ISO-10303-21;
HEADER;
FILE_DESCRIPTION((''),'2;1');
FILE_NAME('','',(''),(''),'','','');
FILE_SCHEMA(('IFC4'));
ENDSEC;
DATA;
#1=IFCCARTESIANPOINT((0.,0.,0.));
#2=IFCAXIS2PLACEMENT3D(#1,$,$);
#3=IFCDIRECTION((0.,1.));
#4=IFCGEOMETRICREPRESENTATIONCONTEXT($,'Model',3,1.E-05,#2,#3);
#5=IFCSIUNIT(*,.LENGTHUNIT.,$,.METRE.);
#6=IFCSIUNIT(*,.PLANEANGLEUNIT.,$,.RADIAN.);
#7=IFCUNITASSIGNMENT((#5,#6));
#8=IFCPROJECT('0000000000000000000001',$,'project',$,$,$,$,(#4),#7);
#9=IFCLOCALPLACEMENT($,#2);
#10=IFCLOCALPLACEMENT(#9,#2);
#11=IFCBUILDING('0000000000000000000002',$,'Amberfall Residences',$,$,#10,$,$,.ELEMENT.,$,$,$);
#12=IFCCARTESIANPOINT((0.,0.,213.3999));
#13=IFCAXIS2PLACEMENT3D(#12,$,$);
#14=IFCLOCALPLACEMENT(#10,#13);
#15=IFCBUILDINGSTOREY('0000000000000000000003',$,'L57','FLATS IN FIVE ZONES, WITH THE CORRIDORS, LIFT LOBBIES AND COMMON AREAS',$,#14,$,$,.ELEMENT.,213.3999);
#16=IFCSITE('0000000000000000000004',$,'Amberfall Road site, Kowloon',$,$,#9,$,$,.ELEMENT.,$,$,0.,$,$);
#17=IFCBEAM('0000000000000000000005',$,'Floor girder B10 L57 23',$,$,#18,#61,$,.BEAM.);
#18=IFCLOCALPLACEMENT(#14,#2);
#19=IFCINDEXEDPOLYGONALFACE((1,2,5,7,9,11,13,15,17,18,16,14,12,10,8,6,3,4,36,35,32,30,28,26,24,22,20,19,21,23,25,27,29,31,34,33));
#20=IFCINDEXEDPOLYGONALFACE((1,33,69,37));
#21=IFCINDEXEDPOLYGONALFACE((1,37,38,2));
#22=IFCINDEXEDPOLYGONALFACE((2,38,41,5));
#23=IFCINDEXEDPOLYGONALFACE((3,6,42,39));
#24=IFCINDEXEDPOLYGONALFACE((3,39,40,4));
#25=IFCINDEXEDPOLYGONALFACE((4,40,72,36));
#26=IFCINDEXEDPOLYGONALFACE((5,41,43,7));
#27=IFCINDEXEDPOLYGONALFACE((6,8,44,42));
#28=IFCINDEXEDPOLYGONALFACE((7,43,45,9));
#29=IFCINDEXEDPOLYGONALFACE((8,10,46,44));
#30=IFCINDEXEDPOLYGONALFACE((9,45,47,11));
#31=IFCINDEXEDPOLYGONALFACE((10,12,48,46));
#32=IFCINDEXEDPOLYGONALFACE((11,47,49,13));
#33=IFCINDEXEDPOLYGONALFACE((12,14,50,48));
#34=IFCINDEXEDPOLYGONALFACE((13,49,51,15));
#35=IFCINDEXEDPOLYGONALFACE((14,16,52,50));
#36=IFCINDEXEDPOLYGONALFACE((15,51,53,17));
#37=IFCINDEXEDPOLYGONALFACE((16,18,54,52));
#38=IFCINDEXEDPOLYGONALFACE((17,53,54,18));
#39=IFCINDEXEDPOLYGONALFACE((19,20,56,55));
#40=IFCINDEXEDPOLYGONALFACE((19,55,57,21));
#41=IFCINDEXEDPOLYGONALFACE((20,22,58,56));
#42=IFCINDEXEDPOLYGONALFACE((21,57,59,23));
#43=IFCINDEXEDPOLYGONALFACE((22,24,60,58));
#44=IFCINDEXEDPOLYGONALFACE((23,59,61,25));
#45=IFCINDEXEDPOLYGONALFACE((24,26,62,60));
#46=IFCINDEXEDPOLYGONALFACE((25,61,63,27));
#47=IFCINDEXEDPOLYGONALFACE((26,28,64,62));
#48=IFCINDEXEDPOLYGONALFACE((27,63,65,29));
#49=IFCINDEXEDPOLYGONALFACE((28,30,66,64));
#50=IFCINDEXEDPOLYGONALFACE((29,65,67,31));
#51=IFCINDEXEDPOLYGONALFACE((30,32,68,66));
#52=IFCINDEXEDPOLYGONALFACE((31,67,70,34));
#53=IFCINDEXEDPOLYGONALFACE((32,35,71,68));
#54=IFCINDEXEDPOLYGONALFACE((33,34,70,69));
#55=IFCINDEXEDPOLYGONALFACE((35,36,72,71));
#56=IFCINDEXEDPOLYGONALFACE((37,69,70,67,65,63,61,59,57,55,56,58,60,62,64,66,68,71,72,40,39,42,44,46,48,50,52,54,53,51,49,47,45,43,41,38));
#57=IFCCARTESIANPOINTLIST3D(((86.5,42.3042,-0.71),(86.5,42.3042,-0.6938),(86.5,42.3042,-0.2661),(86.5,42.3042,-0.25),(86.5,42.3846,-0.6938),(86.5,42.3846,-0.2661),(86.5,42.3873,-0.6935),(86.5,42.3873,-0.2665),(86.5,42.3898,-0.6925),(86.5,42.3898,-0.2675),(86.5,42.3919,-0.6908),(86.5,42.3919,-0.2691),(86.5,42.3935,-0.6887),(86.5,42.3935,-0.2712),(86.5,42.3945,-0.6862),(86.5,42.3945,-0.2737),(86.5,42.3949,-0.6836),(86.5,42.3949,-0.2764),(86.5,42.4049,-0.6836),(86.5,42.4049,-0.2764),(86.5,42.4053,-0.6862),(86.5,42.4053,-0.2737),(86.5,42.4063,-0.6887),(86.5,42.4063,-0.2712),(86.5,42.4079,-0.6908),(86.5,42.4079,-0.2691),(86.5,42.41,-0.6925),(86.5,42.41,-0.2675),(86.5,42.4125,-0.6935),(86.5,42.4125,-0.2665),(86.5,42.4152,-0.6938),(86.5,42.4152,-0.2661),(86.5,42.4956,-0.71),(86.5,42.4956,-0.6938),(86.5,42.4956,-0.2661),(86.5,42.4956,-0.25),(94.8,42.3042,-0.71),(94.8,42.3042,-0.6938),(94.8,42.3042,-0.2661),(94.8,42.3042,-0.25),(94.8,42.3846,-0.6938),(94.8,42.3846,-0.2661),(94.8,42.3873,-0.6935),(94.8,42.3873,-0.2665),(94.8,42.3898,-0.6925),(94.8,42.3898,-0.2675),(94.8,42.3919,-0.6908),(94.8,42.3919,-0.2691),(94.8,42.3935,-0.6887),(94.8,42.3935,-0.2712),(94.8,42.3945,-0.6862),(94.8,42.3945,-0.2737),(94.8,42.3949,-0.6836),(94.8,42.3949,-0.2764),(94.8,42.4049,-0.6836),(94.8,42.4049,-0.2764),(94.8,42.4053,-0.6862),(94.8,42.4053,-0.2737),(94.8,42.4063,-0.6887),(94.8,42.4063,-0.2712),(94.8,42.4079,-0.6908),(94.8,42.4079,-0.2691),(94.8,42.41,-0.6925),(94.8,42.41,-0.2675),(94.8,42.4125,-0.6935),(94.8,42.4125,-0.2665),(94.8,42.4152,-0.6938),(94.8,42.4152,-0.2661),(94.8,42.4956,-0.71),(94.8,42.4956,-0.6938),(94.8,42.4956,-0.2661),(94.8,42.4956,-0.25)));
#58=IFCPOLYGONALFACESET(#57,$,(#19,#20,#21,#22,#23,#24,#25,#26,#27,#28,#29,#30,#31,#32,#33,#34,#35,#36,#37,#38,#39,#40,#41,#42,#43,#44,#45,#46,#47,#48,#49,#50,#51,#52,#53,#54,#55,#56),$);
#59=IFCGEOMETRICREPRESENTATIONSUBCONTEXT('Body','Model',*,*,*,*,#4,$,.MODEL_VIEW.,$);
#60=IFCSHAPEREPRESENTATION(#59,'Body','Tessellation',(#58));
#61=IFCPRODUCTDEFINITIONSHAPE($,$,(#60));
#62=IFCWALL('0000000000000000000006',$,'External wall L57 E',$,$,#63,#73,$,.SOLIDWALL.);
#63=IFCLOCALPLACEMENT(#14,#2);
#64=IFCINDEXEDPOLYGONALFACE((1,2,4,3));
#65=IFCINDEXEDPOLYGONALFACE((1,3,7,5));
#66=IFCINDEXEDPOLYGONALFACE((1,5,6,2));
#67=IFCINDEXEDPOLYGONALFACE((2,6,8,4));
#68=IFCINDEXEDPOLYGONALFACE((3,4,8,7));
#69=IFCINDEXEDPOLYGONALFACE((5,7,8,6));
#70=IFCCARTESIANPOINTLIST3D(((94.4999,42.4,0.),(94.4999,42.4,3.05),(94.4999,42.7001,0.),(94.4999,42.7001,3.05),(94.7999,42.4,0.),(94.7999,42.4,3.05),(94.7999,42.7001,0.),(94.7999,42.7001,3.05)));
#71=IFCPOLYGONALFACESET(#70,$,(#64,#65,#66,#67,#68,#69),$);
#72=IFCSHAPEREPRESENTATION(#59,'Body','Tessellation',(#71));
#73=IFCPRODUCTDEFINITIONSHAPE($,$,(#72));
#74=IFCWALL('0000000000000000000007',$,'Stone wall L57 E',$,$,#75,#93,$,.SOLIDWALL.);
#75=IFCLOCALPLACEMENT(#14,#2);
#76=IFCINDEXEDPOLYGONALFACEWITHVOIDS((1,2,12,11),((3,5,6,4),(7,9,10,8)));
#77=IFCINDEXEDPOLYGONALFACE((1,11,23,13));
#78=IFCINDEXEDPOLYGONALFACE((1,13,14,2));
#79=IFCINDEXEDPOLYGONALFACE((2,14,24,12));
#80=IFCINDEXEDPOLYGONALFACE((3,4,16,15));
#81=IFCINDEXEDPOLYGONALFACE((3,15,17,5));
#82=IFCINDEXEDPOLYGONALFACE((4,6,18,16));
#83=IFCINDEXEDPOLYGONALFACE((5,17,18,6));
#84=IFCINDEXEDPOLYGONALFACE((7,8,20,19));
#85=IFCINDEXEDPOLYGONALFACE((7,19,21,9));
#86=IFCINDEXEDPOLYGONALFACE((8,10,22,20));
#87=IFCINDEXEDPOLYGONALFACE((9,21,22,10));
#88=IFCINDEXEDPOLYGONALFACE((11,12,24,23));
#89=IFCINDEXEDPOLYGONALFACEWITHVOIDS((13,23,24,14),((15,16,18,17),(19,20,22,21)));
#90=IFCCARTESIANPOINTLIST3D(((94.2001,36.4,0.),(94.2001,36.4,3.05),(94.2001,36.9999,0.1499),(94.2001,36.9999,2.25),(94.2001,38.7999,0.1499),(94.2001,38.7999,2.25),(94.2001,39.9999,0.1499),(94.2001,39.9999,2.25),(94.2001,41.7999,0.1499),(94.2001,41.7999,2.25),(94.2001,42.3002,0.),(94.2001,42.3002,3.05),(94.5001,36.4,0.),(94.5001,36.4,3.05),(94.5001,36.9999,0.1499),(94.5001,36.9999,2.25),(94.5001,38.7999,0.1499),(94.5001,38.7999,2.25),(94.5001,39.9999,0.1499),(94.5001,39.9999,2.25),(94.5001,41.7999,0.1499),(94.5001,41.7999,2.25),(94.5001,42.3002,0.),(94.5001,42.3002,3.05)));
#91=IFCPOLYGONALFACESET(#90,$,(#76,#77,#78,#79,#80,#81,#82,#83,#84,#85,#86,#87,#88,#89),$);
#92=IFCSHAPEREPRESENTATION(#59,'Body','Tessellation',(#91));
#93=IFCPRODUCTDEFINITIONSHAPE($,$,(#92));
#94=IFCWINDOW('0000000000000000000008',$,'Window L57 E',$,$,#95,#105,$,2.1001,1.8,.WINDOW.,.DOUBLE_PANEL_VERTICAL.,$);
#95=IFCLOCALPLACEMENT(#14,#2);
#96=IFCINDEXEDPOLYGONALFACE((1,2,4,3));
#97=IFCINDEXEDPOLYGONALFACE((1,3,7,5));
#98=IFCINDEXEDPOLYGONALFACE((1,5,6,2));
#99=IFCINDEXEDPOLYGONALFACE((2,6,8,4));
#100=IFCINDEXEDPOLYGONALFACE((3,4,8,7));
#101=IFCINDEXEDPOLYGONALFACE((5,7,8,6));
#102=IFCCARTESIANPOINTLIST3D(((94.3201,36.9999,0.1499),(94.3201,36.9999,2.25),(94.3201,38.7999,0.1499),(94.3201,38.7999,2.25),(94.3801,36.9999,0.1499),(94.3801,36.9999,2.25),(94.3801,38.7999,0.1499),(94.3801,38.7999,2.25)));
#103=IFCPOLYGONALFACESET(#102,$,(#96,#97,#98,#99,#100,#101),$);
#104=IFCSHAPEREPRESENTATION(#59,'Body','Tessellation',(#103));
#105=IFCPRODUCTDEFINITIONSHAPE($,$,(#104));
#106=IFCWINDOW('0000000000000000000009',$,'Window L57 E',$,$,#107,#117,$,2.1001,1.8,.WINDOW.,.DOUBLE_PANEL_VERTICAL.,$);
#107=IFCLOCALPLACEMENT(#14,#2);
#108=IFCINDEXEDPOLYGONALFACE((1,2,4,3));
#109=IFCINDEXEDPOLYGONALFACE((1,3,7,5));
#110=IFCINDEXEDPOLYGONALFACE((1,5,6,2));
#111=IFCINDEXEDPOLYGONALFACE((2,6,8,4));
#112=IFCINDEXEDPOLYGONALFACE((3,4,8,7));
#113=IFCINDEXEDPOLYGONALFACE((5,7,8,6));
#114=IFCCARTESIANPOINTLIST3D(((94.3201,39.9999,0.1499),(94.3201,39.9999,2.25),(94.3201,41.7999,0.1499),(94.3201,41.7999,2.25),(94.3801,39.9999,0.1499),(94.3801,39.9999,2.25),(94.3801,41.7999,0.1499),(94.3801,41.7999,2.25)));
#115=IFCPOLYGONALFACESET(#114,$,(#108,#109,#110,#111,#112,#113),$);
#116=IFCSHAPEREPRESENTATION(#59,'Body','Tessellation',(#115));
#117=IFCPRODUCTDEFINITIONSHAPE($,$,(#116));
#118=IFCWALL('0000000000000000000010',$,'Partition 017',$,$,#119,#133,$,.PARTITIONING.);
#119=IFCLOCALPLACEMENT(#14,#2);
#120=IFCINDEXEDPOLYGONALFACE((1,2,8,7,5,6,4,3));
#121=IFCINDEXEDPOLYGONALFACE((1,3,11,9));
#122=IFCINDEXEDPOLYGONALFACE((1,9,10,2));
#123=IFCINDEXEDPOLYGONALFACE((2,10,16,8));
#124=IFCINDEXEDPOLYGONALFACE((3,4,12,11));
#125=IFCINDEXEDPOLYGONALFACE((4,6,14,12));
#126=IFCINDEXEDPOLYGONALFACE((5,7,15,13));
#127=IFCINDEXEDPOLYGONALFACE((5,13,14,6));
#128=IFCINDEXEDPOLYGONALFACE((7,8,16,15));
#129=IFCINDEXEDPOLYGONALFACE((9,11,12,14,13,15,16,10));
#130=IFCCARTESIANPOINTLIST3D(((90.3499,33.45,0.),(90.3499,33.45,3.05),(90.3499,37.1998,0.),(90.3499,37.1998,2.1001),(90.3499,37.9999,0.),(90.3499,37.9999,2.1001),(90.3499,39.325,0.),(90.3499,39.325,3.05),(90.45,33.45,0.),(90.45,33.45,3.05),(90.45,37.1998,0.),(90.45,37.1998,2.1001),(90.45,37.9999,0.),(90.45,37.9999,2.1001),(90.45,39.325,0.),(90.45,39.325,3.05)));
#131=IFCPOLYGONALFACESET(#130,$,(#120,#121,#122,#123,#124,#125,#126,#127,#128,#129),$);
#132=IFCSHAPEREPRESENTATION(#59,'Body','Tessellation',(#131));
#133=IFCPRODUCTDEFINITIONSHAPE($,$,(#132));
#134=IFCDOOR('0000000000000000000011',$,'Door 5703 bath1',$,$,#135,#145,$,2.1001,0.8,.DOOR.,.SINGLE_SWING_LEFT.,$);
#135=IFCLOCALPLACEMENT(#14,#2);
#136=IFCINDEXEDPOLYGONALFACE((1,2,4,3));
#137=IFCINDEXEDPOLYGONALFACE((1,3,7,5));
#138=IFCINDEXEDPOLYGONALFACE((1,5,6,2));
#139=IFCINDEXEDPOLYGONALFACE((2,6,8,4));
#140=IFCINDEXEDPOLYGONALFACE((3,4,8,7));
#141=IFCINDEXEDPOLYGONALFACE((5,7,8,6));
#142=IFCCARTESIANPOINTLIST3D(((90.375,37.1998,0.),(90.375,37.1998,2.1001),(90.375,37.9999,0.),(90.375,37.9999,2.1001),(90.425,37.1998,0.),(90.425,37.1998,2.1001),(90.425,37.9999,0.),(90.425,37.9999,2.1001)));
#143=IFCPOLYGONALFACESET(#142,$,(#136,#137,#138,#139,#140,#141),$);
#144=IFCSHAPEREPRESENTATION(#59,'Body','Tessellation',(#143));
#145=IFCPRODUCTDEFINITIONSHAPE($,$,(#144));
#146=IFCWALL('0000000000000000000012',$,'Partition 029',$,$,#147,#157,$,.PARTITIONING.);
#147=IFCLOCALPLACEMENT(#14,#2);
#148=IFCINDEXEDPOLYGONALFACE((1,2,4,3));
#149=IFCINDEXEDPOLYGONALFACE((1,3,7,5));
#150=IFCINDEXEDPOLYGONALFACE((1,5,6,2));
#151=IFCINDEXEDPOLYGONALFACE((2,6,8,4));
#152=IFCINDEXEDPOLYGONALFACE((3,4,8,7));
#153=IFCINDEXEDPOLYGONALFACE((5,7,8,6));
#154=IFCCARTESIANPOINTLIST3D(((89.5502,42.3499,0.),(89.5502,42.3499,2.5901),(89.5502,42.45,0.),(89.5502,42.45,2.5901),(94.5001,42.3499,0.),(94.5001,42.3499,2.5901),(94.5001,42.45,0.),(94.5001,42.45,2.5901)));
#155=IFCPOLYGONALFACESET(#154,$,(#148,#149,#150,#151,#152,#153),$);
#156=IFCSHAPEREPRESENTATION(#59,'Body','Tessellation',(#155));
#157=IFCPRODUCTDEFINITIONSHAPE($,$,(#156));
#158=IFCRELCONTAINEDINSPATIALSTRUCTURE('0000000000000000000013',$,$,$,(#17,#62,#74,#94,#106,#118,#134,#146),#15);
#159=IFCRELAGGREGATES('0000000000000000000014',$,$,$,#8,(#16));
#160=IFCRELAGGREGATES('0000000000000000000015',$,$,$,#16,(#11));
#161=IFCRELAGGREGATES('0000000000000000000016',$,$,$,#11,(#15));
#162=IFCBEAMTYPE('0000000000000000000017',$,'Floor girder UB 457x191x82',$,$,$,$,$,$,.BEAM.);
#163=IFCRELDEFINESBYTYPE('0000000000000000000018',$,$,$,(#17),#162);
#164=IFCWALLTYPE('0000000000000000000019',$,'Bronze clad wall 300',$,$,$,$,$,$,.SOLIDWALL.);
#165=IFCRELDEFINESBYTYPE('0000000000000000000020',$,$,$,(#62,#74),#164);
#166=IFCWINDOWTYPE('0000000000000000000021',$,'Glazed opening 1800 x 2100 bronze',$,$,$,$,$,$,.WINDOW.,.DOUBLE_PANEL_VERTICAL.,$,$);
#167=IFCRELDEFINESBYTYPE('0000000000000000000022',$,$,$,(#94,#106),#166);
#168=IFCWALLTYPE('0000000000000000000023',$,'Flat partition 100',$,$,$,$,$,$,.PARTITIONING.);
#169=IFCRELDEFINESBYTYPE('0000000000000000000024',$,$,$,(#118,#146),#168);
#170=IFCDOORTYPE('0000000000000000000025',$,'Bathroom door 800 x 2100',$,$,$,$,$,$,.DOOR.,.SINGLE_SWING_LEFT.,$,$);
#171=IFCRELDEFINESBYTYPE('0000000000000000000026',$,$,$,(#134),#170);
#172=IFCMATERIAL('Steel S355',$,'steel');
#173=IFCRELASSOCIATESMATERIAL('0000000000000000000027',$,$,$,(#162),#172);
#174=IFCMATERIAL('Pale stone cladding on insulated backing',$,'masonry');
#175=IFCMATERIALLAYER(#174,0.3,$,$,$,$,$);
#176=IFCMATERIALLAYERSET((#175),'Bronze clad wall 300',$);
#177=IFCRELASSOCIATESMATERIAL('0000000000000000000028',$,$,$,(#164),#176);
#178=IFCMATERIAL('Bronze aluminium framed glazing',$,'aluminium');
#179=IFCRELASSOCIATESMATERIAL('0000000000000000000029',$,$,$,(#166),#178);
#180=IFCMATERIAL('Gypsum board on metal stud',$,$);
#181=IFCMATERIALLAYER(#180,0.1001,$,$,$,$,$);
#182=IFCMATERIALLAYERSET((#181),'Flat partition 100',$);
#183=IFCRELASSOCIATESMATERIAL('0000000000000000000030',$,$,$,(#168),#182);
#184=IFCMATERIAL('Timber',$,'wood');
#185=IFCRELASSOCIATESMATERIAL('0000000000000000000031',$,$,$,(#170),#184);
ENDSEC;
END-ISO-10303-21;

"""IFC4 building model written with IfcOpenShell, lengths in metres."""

from ifc_helpers import new_model, si_unit, direction, frame, frame_2d, origin, origin_2d, place, context, subcontext, project, spatial, rectangle, i_section, extrude, material, layer, layer_set, material_profile, profile_set, type_object, element, fill, save


model = new_model("IFC4")

# Units and contexts
model_context = context("Model", 3, precision=1e-05, world=origin(), true_north=direction((0.0, 1.0)))
body_context = subcontext(model_context, "Body", "Model", "MODEL_VIEW")
ifc_project = project(units=[si_unit("LENGTHUNIT", "METRE"), si_unit("PLANEANGLEUNIT", "RADIAN")], contexts=[model_context])

# Site, building, storey
site_placement = place(None, origin())
site = spatial("IfcSite", under=ifc_project, at=site_placement, Name="Amberfall Road site, Kowloon", CompositionType="ELEMENT", RefElevation=0.0)
building_placement = place(site_placement, origin())
building = spatial("IfcBuilding", under=site, at=building_placement, Name="Amberfall Residences", CompositionType="ELEMENT")
storey_placement = place(building_placement, frame((0.0, 0.0, 213.3999)))
storey = spatial("IfcBuildingStorey", under=building, at=storey_placement, Name="L57", Description="FLATS IN FIVE ZONES, WITH THE CORRIDORS, LIFT LOBBIES AND COMMON AREAS", CompositionType="ELEMENT", Elevation=213.3999)

# Shared definitions
ifc_material_1 = material(Name="Steel S355", Category="steel")

# Beam
ifc_material_profile_1 = material_profile(ifc_material_1, i_section(OverallWidth=0.1914, OverallDepth=0.46, WebThickness=0.01, FlangeThickness=0.0161, FilletRadius=0.0103, at=origin_2d()), Name="UB 457x191x82")
ifc_profile_set_1 = profile_set([ifc_material_profile_1], Name="Steel S355")
beam_type_1 = type_object("IfcBeamType", Name="Floor girder UB 457x191x82", PredefinedType="BEAM", material=ifc_profile_set_1)
beam_1_placement = place(storey_placement, frame((94.8, 42.3999, -0.48), z_axis=(-1.0, 0.0, 0.0), x_axis=(0.0, -1.0, 0.0)))
element("IfcBeam", 1, at=beam_1_placement, inside=storey, type_object=beam_type_1, Name="Floor girder B10 L57 23", PredefinedType="BEAM", context=body_context, shape_type="SweptSolid", body=[
    extrude(i_section(OverallWidth=0.1914, OverallDepth=0.46, WebThickness=0.01, FlangeThickness=0.0161, FilletRadius=0.0103, at=origin_2d()), origin(), (0.0, 0.0, 1.0), 8.3),
])

# Wall
ifc_material_2 = material(Name="Pale stone cladding on insulated backing", Category="masonry")
ifc_layer_1 = layer(ifc_material_2, 0.3)
ifc_layer_set_1 = layer_set([ifc_layer_1], Name="Bronze clad wall 300")
wall_type_1 = type_object("IfcWallType", Name="Bronze clad wall 300", PredefinedType="SOLIDWALL", material=ifc_layer_set_1)
wall_1_placement = place(storey_placement, frame((94.5, 42.55, 0.0), z_axis=(0.0, 0.0, 1.0), x_axis=(1.0, 0.0, 0.0)))
element("IfcWall", 2, at=wall_1_placement, inside=storey, type_object=wall_type_1, Name="External wall L57 E", PredefinedType="SOLIDWALL", context=body_context, shape_type="SweptSolid", body=[
    extrude(rectangle(XDim=0.3, YDim=0.3, at=frame_2d((0.1499, 0.0))), origin(), (0.0, 0.0, 1.0), 3.05),
])

# Wall, openings, windows
wall_2_placement = place(storey_placement, frame((94.3501, 36.3999, 0.0), z_axis=(0.0, 0.0, 1.0), x_axis=(0.0, 1.0, 0.0)))
wall_2 = element("IfcWall", 3, at=wall_2_placement, inside=storey, type_object=wall_type_1, Name="Stone wall L57 E", PredefinedType="SOLIDWALL", context=body_context, shape_type="SweptSolid", body=[
    extrude(rectangle(XDim=5.9001, YDim=0.3, at=frame_2d((2.9502, 0.0))), origin(), (0.0, 0.0, 1.0), 3.05),
])
opening_1_placement = place(wall_2_placement, frame((0.6001, 0.0, 0.1499)))
opening_1 = element("IfcOpeningElement", 4, at=opening_1_placement, cuts=wall_2, PredefinedType="OPENING", context=body_context, shape_type="SweptSolid", body=[
    extrude(rectangle(XDim=1.8, YDim=2.1001, at=frame_2d((0.8999, 1.05))), frame((0.0, 0.1599, 0.0), z_axis=(0.0, -1.0, 0.0), x_axis=(1.0, 0.0, 0.0)), (0.0, 0.0, 1.0), 0.3201),
])
opening_2_placement = place(wall_2_placement, frame((3.6001, 0.0, 0.1499)))
opening_2 = element("IfcOpeningElement", 5, at=opening_2_placement, cuts=wall_2, PredefinedType="OPENING", context=body_context, shape_type="SweptSolid", body=[
    extrude(rectangle(XDim=1.8, YDim=2.1001, at=frame_2d((0.8999, 1.05))), frame((0.0, 0.1599, 0.0), z_axis=(0.0, -1.0, 0.0), x_axis=(1.0, 0.0, 0.0)), (0.0, 0.0, 1.0), 0.3201),
])
ifc_material_3 = material(Name="Bronze aluminium framed glazing", Category="aluminium")
window_type = type_object("IfcWindowType", Name="Glazed opening 1800 x 2100 bronze", PartitioningType="DOUBLE_PANEL_VERTICAL", PredefinedType="WINDOW", material=ifc_material_3)
window_1_placement = place(opening_1_placement, origin())
window_1 = element("IfcWindow", 6, at=window_1_placement, inside=storey, type_object=window_type, Name="Window L57 E", OverallHeight=2.1001, OverallWidth=1.8, PartitioningType="DOUBLE_PANEL_VERTICAL", PredefinedType="WINDOW", context=body_context, shape_type="SweptSolid", body=[
    extrude(rectangle(XDim=1.8, YDim=2.1001, at=frame_2d((0.8999, 1.05))), frame((0.0, 0.03, 0.0), z_axis=(0.0, -1.0, 0.0), x_axis=(1.0, 0.0, 0.0)), (0.0, 0.0, 1.0), 0.0601),
])
fill(opening_1, window_1)
window_2_placement = place(opening_2_placement, origin())
window_2 = element("IfcWindow", 7, at=window_2_placement, inside=storey, type_object=window_type, Name="Window L57 E", OverallHeight=2.1001, OverallWidth=1.8, PartitioningType="DOUBLE_PANEL_VERTICAL", PredefinedType="WINDOW", context=body_context, shape_type="SweptSolid", body=[
    extrude(rectangle(XDim=1.8, YDim=2.1001, at=frame_2d((0.8999, 1.05))), frame((0.0, 0.03, 0.0), z_axis=(0.0, -1.0, 0.0), x_axis=(1.0, 0.0, 0.0)), (0.0, 0.0, 1.0), 0.0601),
])
fill(opening_2, window_2)

# Wall, opening, door
ifc_material_4 = material(Name="Gypsum board on metal stud")
ifc_layer_2 = layer(ifc_material_4, 0.1001)
ifc_layer_set_2 = layer_set([ifc_layer_2], Name="Flat partition 100")
wall_type_2 = type_object("IfcWallType", Name="Flat partition 100", PredefinedType="PARTITIONING", material=ifc_layer_set_2)
wall_3_placement = place(storey_placement, frame((90.3999, 33.45, 0.0), z_axis=(0.0, 0.0, 1.0), x_axis=(0.0, 1.0, 0.0)))
wall_3 = element("IfcWall", 8, at=wall_3_placement, inside=storey, type_object=wall_type_2, Name="Partition 017", PredefinedType="PARTITIONING", context=body_context, shape_type="SweptSolid", body=[
    extrude(rectangle(XDim=5.875, YDim=0.1001, at=frame_2d((2.9375, 0.0))), origin(), (0.0, 0.0, 1.0), 3.05),
])
opening_3_placement = place(wall_3_placement, frame((3.75, 0.0, 0.0)))
opening_3 = element("IfcOpeningElement", 9, at=opening_3_placement, cuts=wall_3, PredefinedType="OPENING", context=body_context, shape_type="SweptSolid", body=[
    extrude(rectangle(XDim=0.8, YDim=2.1001, at=frame_2d((0.3999, 1.05))), frame((0.0, 0.0601, 0.0), z_axis=(0.0, -1.0, 0.0), x_axis=(1.0, 0.0, 0.0)), (0.0, 0.0, 1.0), 0.1201),
])
ifc_material_5 = material(Name="Timber", Category="wood")
door_type_1 = type_object("IfcDoorType", Name="Bathroom door 800 x 2100", OperationType="SINGLE_SWING_LEFT", PredefinedType="DOOR", material=ifc_material_5)
door_1_placement = place(opening_3_placement, origin())
door_1 = element("IfcDoor", 10, at=door_1_placement, inside=storey, type_object=door_type_1, Name="Door 5703 bath1", OperationType="SINGLE_SWING_LEFT", OverallHeight=2.1001, OverallWidth=0.8, PredefinedType="DOOR", context=body_context, shape_type="SweptSolid", body=[
    extrude(rectangle(XDim=0.8, YDim=2.1001, at=frame_2d((0.3999, 1.05))), frame((0.0, 0.0249, 0.0), z_axis=(0.0, -1.0, 0.0), x_axis=(1.0, 0.0, 0.0)), (0.0, 0.0, 1.0), 0.05),
])
fill(opening_3, door_1)

# Wall
wall_4_placement = place(storey_placement, frame((89.55, 42.3999, 0.0), z_axis=(0.0, 0.0, 1.0), x_axis=(1.0, 0.0, 0.0)))
element("IfcWall", 11, at=wall_4_placement, inside=storey, type_object=wall_type_2, Name="Partition 029", PredefinedType="PARTITIONING", context=body_context, shape_type="SweptSolid", body=[
    extrude(rectangle(XDim=4.95, YDim=0.1001, at=frame_2d((2.4751, 0.0))), origin(), (0.0, 0.0, 1.0), 2.5901),
])

save(model, "model.ifc")
